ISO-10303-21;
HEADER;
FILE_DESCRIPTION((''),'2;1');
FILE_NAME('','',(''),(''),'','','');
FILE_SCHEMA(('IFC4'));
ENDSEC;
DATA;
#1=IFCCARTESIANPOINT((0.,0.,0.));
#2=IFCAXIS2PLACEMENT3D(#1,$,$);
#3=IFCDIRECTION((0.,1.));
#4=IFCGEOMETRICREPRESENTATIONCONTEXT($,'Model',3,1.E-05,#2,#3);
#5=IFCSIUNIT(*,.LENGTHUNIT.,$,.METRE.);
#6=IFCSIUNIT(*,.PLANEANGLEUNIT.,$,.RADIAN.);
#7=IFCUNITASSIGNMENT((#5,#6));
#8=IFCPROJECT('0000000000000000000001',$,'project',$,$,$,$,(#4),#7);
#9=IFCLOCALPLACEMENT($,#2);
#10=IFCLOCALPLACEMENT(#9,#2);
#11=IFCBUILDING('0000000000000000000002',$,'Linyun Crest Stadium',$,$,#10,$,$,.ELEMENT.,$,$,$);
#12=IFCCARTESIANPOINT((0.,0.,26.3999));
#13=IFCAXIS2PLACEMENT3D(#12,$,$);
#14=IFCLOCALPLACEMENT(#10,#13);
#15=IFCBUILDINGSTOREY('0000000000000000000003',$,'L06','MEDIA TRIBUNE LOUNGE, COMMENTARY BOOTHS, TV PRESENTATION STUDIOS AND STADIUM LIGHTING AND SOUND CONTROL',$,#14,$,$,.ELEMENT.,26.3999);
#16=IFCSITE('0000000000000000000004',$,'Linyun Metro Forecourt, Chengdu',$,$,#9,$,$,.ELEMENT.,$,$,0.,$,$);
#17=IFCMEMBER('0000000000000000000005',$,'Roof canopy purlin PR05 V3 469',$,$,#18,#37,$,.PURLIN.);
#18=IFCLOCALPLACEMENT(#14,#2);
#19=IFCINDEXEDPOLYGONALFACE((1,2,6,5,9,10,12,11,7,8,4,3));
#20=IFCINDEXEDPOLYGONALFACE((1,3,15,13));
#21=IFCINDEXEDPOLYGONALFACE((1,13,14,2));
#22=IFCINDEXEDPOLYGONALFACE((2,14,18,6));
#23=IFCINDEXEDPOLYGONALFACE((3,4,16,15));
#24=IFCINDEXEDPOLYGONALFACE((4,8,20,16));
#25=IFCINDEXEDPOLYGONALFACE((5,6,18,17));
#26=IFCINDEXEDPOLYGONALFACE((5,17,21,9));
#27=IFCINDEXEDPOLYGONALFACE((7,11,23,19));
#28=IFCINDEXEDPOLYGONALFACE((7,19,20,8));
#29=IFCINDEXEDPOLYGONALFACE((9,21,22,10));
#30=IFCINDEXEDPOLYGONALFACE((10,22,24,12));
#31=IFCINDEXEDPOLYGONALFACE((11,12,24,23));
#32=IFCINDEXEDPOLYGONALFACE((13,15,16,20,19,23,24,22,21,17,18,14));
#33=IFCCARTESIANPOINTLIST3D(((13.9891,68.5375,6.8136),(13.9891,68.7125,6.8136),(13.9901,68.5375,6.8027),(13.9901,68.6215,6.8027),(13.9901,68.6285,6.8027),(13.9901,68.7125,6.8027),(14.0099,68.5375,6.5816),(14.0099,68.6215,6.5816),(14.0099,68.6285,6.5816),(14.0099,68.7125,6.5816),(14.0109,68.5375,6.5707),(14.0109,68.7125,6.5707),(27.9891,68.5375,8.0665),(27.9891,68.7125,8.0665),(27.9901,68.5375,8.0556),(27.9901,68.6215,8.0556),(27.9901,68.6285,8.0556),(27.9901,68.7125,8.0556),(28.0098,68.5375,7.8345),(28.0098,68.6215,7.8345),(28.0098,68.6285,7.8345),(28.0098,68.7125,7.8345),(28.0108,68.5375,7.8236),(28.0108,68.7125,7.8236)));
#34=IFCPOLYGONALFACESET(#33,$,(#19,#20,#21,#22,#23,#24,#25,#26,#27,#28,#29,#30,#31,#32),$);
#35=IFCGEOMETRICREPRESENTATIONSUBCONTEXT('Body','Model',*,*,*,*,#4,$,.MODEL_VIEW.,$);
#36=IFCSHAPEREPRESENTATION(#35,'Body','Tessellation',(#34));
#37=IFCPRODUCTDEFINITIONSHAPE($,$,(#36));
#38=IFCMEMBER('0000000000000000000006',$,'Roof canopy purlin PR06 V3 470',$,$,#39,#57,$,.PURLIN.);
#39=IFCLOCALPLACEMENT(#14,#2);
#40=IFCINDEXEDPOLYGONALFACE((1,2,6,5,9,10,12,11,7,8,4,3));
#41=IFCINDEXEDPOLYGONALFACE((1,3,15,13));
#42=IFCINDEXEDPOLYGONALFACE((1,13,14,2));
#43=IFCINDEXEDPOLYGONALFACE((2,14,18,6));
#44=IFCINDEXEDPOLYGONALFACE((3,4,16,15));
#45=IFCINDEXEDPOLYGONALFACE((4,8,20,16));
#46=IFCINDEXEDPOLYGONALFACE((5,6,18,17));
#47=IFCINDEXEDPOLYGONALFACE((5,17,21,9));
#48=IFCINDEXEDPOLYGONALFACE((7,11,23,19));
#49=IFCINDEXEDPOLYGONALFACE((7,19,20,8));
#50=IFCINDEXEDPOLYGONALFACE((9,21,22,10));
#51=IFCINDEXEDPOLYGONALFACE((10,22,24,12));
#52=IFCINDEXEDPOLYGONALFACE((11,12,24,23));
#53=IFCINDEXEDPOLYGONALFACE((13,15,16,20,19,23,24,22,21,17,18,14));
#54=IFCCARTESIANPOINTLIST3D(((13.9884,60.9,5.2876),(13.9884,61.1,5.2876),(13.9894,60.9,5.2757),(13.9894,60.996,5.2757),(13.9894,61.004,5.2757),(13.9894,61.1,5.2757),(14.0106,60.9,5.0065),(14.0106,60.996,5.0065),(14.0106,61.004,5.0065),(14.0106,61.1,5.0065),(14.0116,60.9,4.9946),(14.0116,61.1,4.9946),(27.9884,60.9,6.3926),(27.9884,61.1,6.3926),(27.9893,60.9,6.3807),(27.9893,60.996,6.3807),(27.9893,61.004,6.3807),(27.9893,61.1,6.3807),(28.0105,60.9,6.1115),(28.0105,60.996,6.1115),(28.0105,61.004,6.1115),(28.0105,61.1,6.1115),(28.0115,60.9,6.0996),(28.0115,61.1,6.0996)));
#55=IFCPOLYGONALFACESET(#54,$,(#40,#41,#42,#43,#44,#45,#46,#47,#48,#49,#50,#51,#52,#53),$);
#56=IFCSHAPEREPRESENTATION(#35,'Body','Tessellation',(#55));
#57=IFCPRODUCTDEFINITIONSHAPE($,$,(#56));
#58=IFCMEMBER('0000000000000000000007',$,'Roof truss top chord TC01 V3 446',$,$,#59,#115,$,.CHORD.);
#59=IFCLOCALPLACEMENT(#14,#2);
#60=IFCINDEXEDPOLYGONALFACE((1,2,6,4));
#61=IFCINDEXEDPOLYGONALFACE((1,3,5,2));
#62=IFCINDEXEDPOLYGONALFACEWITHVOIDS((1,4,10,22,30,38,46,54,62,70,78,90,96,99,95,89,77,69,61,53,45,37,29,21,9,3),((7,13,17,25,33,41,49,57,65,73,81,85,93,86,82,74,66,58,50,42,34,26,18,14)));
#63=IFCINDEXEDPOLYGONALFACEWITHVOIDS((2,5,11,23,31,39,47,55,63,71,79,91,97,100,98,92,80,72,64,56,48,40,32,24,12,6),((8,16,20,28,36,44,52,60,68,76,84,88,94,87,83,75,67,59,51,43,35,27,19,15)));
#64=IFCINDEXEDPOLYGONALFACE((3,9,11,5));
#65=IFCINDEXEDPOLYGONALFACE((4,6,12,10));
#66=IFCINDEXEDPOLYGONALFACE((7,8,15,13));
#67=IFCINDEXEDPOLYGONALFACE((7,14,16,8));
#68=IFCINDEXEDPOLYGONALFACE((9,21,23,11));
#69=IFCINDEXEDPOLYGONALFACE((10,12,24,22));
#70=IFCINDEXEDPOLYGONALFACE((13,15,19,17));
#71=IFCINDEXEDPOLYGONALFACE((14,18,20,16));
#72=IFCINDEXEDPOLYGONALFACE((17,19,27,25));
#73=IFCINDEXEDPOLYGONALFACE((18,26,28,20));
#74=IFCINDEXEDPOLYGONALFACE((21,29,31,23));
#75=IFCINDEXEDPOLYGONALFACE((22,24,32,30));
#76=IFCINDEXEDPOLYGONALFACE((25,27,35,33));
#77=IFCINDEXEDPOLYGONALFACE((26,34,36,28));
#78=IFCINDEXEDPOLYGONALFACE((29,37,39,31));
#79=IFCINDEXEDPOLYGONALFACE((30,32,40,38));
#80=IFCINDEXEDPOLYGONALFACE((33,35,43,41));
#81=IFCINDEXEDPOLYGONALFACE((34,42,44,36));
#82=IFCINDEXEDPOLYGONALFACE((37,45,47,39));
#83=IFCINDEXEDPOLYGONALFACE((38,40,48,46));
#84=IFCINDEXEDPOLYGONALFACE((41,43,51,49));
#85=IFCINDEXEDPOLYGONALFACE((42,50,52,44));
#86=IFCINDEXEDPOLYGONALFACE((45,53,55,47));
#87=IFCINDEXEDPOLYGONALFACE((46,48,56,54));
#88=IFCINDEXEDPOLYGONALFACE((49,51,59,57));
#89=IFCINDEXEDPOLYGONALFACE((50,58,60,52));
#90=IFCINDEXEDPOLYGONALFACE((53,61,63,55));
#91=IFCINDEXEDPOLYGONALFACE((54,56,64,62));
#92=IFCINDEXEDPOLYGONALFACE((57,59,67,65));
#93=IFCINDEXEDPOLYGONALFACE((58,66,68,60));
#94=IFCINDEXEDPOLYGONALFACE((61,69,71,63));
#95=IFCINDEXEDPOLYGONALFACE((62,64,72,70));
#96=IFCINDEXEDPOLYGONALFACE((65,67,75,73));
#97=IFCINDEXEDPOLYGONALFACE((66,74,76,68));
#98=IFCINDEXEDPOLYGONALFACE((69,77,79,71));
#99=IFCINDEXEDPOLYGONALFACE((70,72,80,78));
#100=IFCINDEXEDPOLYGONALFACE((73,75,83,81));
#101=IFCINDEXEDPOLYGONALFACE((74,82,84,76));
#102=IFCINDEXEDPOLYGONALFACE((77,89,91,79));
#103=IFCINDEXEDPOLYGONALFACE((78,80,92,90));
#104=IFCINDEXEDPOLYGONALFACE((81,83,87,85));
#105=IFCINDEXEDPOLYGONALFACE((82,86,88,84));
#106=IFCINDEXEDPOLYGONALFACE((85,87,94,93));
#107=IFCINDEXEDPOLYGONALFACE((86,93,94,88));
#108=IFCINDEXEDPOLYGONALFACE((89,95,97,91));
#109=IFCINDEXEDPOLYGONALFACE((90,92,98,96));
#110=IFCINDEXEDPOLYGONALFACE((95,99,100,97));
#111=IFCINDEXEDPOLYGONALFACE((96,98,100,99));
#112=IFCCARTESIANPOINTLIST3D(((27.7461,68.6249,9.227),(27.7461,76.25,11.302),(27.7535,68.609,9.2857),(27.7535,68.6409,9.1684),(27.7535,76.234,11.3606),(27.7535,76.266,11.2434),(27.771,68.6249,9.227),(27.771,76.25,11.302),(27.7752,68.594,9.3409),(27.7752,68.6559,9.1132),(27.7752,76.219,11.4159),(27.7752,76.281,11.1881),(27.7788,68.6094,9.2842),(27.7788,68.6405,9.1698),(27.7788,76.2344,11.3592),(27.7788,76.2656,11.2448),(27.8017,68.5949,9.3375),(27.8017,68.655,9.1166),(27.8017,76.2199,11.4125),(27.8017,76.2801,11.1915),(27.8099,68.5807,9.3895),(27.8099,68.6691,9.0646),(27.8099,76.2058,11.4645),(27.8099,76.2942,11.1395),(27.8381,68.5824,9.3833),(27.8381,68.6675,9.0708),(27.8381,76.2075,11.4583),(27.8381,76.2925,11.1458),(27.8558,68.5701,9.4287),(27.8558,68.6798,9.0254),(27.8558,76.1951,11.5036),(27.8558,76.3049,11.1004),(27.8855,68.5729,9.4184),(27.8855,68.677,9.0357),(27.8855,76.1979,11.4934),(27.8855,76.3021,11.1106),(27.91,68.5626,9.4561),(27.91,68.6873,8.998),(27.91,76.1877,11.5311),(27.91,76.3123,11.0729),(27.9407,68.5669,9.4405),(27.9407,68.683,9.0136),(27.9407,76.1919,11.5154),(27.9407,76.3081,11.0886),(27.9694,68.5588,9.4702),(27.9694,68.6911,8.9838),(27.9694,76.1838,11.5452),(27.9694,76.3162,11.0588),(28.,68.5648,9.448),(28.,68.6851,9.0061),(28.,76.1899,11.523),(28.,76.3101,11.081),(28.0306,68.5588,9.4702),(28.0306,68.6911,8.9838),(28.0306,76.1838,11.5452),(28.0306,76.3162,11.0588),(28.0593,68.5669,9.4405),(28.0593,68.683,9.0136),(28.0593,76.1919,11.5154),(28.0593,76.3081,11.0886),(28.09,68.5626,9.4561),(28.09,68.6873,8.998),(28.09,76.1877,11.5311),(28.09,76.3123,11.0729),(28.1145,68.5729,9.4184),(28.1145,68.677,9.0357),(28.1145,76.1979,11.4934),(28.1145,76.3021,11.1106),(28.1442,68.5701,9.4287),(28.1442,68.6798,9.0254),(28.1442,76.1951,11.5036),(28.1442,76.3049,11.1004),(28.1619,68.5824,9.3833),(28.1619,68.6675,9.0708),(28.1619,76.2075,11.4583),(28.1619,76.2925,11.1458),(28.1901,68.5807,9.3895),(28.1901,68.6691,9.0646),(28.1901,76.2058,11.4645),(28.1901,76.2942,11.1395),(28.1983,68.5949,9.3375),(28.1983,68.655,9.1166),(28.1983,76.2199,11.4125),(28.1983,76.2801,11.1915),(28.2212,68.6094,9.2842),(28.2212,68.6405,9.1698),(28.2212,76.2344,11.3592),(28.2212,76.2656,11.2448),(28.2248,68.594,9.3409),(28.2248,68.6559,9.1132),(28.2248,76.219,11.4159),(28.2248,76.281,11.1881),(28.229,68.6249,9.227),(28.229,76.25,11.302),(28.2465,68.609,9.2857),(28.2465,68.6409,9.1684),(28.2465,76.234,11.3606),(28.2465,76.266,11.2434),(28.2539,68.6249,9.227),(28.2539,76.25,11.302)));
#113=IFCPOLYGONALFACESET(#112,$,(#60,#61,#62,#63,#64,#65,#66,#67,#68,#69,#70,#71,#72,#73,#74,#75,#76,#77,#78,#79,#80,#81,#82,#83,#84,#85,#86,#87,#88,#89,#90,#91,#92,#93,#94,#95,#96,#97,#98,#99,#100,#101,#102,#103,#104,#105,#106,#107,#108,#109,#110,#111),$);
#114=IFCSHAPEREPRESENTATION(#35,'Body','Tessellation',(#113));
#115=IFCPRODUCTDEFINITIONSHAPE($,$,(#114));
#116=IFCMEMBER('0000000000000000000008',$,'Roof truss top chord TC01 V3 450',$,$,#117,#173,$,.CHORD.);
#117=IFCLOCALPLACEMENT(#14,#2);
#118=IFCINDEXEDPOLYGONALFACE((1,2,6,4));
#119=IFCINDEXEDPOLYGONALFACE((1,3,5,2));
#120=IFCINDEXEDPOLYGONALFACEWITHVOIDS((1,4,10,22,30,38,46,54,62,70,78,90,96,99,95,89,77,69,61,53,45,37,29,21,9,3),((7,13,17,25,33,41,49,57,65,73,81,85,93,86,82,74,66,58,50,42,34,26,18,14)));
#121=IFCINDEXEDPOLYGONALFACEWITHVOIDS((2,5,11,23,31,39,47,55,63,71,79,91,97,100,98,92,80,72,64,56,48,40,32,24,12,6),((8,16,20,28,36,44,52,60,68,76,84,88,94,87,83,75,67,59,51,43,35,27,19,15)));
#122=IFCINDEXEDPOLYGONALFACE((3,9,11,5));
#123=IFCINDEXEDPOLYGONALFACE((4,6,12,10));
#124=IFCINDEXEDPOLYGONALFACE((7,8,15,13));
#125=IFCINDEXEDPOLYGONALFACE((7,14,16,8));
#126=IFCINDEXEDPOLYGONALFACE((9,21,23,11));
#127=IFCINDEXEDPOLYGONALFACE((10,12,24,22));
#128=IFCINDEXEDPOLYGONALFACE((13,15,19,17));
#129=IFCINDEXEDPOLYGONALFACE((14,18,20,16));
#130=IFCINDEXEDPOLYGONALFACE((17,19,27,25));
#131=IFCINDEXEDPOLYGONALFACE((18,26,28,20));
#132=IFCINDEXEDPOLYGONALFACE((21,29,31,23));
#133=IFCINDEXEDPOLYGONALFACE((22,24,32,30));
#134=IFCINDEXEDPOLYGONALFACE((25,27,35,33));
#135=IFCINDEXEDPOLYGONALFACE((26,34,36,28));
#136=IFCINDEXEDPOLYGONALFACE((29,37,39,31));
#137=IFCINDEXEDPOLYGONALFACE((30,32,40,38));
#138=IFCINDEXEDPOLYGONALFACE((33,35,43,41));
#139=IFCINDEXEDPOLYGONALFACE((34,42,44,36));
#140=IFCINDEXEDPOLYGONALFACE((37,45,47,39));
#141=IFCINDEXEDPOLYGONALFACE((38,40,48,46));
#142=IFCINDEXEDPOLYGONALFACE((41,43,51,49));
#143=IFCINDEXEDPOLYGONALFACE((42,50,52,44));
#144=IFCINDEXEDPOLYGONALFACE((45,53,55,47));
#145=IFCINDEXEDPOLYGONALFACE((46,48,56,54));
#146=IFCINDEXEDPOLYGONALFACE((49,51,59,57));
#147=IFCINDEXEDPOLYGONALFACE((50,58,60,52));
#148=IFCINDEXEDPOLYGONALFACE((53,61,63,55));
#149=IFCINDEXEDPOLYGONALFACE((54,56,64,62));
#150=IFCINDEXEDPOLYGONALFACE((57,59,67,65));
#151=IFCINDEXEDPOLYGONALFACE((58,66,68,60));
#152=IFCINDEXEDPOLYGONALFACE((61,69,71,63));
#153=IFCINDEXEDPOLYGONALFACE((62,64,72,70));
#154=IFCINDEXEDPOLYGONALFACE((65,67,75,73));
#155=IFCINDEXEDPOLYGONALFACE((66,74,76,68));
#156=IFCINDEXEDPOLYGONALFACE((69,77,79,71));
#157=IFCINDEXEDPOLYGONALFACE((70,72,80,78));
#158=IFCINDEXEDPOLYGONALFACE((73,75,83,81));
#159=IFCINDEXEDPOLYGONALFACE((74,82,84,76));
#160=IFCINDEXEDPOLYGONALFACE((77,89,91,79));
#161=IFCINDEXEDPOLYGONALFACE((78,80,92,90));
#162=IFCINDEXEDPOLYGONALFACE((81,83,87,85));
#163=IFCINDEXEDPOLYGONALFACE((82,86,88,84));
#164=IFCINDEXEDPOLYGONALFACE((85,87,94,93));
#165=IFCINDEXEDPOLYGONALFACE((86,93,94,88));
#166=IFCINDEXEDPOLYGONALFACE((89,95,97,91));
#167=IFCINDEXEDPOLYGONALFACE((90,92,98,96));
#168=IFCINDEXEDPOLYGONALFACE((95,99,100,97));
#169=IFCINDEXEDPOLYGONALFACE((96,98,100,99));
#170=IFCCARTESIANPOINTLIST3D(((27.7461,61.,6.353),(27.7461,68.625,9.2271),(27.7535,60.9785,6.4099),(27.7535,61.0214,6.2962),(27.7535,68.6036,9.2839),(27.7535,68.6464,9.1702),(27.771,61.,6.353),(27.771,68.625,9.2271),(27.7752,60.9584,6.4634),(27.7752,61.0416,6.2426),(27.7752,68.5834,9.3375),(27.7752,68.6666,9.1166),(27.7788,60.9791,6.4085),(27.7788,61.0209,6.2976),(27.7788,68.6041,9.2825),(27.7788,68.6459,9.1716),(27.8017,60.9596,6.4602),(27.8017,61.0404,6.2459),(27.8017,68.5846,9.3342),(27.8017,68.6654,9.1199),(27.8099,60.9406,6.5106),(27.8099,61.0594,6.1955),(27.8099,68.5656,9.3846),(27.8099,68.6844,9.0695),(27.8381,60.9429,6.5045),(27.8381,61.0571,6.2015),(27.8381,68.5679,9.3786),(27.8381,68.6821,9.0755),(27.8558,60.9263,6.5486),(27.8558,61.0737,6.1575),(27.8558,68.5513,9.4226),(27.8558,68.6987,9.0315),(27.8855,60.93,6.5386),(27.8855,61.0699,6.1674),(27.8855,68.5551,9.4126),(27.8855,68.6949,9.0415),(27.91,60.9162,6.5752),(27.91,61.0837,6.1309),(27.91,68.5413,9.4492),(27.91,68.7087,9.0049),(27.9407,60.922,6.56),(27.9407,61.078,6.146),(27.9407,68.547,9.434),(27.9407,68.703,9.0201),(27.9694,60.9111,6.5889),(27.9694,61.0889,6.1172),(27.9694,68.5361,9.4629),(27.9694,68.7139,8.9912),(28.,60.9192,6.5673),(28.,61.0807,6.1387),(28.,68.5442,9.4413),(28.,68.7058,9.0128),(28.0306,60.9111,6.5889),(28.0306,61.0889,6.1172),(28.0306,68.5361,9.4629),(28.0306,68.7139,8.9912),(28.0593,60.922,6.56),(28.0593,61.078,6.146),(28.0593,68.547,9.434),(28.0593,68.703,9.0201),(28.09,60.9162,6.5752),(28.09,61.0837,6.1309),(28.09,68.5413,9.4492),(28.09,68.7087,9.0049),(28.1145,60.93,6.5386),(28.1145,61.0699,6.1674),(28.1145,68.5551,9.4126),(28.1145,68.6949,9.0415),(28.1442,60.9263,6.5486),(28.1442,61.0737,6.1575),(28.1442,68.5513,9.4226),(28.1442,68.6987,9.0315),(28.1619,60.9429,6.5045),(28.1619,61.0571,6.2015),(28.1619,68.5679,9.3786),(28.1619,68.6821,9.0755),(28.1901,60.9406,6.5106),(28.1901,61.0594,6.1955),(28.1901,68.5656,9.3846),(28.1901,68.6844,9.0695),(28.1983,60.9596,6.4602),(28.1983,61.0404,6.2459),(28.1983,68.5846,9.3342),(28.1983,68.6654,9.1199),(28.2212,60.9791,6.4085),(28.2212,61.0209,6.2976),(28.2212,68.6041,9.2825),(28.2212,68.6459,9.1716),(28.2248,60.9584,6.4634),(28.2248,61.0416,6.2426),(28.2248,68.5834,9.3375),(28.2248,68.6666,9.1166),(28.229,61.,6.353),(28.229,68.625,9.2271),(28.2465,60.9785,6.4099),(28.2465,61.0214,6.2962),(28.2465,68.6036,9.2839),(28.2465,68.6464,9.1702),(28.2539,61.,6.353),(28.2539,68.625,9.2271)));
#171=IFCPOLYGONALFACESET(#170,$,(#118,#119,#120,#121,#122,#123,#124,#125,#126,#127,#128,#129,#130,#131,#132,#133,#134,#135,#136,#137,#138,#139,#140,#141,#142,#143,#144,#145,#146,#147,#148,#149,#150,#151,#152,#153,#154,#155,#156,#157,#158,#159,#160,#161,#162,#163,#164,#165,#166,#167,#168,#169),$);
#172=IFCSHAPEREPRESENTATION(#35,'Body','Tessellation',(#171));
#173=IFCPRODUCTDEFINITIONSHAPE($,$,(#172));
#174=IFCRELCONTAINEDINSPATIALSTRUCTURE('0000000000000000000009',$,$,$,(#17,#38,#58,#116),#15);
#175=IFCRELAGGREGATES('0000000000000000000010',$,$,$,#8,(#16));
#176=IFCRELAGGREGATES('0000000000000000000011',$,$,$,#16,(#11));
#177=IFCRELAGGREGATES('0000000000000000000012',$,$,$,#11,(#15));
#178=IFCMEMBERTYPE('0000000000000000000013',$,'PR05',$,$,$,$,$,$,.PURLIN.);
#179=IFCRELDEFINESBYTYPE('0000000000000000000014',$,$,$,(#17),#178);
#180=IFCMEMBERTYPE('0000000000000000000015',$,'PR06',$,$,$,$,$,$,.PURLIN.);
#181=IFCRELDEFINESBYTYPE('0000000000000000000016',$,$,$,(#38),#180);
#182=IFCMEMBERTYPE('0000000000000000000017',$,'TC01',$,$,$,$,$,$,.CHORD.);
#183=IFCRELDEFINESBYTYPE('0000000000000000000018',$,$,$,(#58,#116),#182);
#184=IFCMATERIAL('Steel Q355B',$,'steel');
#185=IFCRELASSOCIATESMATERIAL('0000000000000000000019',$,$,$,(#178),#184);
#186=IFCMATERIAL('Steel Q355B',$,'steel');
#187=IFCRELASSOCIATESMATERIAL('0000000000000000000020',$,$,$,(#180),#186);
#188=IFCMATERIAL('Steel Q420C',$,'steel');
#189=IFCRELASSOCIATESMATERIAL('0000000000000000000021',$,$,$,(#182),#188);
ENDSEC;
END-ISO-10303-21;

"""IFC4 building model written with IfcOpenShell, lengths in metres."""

from ifc_helpers import new_model, si_unit, direction, frame, origin, origin_2d, place, context, subcontext, project, spatial, hollow_circle, i_section, extrude, material, material_profile, profile_set, type_object, element, save


model = new_model("IFC4")

# Units and contexts
model_context = context("Model", 3, precision=1e-05, world=origin(), true_north=direction((0.0, 1.0)))
body_context = subcontext(model_context, "Body", "Model", "MODEL_VIEW")
ifc_project = project(units=[si_unit("LENGTHUNIT", "METRE"), si_unit("PLANEANGLEUNIT", "RADIAN")], contexts=[model_context])

# Site, building, storey
site_placement = place(None, origin())
site = spatial("IfcSite", under=ifc_project, at=site_placement, Name="Linyun Metro Forecourt, Chengdu", CompositionType="ELEMENT", RefElevation=0.0)
building_placement = place(site_placement, origin())
building = spatial("IfcBuilding", under=site, at=building_placement, Name="Linyun Crest Stadium", CompositionType="ELEMENT")
storey_placement = place(building_placement, frame((0.0, 0.0, 26.3999)))
storey = spatial("IfcBuildingStorey", under=building, at=storey_placement, Name="L06", Description="MEDIA TRIBUNE LOUNGE, COMMENTARY BOOTHS, TV PRESENTATION STUDIOS AND STADIUM LIGHTING AND SOUND CONTROL", CompositionType="ELEMENT", Elevation=26.3999)

# Members
ifc_material_1 = material(Name="Steel Q355B", Category="steel")
ifc_material_profile_1 = material_profile(ifc_material_1, i_section(OverallWidth=0.175, OverallDepth=0.2439, WebThickness=0.0071, FlangeThickness=0.011, at=origin_2d()), Name="HM 244x175")
ifc_profile_set_1 = profile_set([ifc_material_profile_1], Name="Steel Q355B")
member_type_1 = type_object("IfcMemberType", Name="PR05", PredefinedType="PURLIN", material=ifc_profile_set_1)
member_1_placement = place(storey_placement, frame((14.0, 68.625, 6.6921), z_axis=(0.996019, 0.0, 0.089139), x_axis=(0.0, 1.0, 0.0)))
element("IfcMember", 1, at=member_1_placement, inside=storey, type_object=member_type_1, Name="Roof canopy purlin PR05 V3 469", PredefinedType="PURLIN", context=body_context, shape_type="SweptSolid", body=[
    extrude(i_section(OverallWidth=0.175, OverallDepth=0.2439, WebThickness=0.0071, FlangeThickness=0.011, at=origin_2d()), origin(), (0.0, 0.0, 1.0), 14.0559),
])
ifc_material_2 = material(Name="Steel Q355B", Category="steel")
ifc_material_profile_2 = material_profile(ifc_material_2, i_section(OverallWidth=0.2, OverallDepth=0.2939, WebThickness=0.0081, FlangeThickness=0.012, at=origin_2d()), Name="HM 294x200")
ifc_profile_set_2 = profile_set([ifc_material_profile_2], Name="Steel Q355B")
member_type_2 = type_object("IfcMemberType", Name="PR06", PredefinedType="PURLIN", material=ifc_profile_set_2)
member_2_placement = place(storey_placement, frame((14.0, 61.0, 5.1411), z_axis=(0.9969, 0.0, 0.078682), x_axis=(0.0, 1.0, 0.0)))
element("IfcMember", 2, at=member_2_placement, inside=storey, type_object=member_type_2, Name="Roof canopy purlin PR06 V3 470", PredefinedType="PURLIN", context=body_context, shape_type="SweptSolid", body=[
    extrude(i_section(OverallWidth=0.2, OverallDepth=0.2939, WebThickness=0.0081, FlangeThickness=0.012, at=origin_2d()), origin(), (0.0, 0.0, 1.0), 14.0435),
])
ifc_material_3 = material(Name="Steel Q420C", Category="steel")
ifc_material_profile_3 = material_profile(ifc_material_3, hollow_circle(Radius=0.2539, WallThickness=0.0249, at=origin_2d()), Name="CHS 508x25")
ifc_profile_set_3 = profile_set([ifc_material_profile_3], Name="Steel Q420C")
member_type_3 = type_object("IfcMemberType", Name="TC01", PredefinedType="CHORD", material=ifc_profile_set_3)
member_3_placement = place(storey_placement, frame((28.0, 76.25, 11.302), z_axis=(0.0, -0.964911, -0.262576), x_axis=(1.0, 0.0, 0.0)))
element("IfcMember", 3, at=member_3_placement, inside=storey, type_object=member_type_3, Name="Roof truss top chord TC01 V3 446", PredefinedType="CHORD", context=body_context, shape_type="SweptSolid", body=[
    extrude(hollow_circle(Radius=0.2539, WallThickness=0.0249, at=origin_2d()), origin(), (0.0, 0.0, 1.0), 7.9023),
])
member_4_placement = place(storey_placement, frame((28.0, 68.625, 9.2271), z_axis=(0.0, -0.935737, -0.352699), x_axis=(1.0, 0.0, 0.0)))
element("IfcMember", 4, at=member_4_placement, inside=storey, type_object=member_type_3, Name="Roof truss top chord TC01 V3 450", PredefinedType="CHORD", context=body_context, shape_type="SweptSolid", body=[
    extrude(hollow_circle(Radius=0.2539, WallThickness=0.0249, at=origin_2d()), origin(), (0.0, 0.0, 1.0), 8.1487),
])

save(model, "model.ifc")
